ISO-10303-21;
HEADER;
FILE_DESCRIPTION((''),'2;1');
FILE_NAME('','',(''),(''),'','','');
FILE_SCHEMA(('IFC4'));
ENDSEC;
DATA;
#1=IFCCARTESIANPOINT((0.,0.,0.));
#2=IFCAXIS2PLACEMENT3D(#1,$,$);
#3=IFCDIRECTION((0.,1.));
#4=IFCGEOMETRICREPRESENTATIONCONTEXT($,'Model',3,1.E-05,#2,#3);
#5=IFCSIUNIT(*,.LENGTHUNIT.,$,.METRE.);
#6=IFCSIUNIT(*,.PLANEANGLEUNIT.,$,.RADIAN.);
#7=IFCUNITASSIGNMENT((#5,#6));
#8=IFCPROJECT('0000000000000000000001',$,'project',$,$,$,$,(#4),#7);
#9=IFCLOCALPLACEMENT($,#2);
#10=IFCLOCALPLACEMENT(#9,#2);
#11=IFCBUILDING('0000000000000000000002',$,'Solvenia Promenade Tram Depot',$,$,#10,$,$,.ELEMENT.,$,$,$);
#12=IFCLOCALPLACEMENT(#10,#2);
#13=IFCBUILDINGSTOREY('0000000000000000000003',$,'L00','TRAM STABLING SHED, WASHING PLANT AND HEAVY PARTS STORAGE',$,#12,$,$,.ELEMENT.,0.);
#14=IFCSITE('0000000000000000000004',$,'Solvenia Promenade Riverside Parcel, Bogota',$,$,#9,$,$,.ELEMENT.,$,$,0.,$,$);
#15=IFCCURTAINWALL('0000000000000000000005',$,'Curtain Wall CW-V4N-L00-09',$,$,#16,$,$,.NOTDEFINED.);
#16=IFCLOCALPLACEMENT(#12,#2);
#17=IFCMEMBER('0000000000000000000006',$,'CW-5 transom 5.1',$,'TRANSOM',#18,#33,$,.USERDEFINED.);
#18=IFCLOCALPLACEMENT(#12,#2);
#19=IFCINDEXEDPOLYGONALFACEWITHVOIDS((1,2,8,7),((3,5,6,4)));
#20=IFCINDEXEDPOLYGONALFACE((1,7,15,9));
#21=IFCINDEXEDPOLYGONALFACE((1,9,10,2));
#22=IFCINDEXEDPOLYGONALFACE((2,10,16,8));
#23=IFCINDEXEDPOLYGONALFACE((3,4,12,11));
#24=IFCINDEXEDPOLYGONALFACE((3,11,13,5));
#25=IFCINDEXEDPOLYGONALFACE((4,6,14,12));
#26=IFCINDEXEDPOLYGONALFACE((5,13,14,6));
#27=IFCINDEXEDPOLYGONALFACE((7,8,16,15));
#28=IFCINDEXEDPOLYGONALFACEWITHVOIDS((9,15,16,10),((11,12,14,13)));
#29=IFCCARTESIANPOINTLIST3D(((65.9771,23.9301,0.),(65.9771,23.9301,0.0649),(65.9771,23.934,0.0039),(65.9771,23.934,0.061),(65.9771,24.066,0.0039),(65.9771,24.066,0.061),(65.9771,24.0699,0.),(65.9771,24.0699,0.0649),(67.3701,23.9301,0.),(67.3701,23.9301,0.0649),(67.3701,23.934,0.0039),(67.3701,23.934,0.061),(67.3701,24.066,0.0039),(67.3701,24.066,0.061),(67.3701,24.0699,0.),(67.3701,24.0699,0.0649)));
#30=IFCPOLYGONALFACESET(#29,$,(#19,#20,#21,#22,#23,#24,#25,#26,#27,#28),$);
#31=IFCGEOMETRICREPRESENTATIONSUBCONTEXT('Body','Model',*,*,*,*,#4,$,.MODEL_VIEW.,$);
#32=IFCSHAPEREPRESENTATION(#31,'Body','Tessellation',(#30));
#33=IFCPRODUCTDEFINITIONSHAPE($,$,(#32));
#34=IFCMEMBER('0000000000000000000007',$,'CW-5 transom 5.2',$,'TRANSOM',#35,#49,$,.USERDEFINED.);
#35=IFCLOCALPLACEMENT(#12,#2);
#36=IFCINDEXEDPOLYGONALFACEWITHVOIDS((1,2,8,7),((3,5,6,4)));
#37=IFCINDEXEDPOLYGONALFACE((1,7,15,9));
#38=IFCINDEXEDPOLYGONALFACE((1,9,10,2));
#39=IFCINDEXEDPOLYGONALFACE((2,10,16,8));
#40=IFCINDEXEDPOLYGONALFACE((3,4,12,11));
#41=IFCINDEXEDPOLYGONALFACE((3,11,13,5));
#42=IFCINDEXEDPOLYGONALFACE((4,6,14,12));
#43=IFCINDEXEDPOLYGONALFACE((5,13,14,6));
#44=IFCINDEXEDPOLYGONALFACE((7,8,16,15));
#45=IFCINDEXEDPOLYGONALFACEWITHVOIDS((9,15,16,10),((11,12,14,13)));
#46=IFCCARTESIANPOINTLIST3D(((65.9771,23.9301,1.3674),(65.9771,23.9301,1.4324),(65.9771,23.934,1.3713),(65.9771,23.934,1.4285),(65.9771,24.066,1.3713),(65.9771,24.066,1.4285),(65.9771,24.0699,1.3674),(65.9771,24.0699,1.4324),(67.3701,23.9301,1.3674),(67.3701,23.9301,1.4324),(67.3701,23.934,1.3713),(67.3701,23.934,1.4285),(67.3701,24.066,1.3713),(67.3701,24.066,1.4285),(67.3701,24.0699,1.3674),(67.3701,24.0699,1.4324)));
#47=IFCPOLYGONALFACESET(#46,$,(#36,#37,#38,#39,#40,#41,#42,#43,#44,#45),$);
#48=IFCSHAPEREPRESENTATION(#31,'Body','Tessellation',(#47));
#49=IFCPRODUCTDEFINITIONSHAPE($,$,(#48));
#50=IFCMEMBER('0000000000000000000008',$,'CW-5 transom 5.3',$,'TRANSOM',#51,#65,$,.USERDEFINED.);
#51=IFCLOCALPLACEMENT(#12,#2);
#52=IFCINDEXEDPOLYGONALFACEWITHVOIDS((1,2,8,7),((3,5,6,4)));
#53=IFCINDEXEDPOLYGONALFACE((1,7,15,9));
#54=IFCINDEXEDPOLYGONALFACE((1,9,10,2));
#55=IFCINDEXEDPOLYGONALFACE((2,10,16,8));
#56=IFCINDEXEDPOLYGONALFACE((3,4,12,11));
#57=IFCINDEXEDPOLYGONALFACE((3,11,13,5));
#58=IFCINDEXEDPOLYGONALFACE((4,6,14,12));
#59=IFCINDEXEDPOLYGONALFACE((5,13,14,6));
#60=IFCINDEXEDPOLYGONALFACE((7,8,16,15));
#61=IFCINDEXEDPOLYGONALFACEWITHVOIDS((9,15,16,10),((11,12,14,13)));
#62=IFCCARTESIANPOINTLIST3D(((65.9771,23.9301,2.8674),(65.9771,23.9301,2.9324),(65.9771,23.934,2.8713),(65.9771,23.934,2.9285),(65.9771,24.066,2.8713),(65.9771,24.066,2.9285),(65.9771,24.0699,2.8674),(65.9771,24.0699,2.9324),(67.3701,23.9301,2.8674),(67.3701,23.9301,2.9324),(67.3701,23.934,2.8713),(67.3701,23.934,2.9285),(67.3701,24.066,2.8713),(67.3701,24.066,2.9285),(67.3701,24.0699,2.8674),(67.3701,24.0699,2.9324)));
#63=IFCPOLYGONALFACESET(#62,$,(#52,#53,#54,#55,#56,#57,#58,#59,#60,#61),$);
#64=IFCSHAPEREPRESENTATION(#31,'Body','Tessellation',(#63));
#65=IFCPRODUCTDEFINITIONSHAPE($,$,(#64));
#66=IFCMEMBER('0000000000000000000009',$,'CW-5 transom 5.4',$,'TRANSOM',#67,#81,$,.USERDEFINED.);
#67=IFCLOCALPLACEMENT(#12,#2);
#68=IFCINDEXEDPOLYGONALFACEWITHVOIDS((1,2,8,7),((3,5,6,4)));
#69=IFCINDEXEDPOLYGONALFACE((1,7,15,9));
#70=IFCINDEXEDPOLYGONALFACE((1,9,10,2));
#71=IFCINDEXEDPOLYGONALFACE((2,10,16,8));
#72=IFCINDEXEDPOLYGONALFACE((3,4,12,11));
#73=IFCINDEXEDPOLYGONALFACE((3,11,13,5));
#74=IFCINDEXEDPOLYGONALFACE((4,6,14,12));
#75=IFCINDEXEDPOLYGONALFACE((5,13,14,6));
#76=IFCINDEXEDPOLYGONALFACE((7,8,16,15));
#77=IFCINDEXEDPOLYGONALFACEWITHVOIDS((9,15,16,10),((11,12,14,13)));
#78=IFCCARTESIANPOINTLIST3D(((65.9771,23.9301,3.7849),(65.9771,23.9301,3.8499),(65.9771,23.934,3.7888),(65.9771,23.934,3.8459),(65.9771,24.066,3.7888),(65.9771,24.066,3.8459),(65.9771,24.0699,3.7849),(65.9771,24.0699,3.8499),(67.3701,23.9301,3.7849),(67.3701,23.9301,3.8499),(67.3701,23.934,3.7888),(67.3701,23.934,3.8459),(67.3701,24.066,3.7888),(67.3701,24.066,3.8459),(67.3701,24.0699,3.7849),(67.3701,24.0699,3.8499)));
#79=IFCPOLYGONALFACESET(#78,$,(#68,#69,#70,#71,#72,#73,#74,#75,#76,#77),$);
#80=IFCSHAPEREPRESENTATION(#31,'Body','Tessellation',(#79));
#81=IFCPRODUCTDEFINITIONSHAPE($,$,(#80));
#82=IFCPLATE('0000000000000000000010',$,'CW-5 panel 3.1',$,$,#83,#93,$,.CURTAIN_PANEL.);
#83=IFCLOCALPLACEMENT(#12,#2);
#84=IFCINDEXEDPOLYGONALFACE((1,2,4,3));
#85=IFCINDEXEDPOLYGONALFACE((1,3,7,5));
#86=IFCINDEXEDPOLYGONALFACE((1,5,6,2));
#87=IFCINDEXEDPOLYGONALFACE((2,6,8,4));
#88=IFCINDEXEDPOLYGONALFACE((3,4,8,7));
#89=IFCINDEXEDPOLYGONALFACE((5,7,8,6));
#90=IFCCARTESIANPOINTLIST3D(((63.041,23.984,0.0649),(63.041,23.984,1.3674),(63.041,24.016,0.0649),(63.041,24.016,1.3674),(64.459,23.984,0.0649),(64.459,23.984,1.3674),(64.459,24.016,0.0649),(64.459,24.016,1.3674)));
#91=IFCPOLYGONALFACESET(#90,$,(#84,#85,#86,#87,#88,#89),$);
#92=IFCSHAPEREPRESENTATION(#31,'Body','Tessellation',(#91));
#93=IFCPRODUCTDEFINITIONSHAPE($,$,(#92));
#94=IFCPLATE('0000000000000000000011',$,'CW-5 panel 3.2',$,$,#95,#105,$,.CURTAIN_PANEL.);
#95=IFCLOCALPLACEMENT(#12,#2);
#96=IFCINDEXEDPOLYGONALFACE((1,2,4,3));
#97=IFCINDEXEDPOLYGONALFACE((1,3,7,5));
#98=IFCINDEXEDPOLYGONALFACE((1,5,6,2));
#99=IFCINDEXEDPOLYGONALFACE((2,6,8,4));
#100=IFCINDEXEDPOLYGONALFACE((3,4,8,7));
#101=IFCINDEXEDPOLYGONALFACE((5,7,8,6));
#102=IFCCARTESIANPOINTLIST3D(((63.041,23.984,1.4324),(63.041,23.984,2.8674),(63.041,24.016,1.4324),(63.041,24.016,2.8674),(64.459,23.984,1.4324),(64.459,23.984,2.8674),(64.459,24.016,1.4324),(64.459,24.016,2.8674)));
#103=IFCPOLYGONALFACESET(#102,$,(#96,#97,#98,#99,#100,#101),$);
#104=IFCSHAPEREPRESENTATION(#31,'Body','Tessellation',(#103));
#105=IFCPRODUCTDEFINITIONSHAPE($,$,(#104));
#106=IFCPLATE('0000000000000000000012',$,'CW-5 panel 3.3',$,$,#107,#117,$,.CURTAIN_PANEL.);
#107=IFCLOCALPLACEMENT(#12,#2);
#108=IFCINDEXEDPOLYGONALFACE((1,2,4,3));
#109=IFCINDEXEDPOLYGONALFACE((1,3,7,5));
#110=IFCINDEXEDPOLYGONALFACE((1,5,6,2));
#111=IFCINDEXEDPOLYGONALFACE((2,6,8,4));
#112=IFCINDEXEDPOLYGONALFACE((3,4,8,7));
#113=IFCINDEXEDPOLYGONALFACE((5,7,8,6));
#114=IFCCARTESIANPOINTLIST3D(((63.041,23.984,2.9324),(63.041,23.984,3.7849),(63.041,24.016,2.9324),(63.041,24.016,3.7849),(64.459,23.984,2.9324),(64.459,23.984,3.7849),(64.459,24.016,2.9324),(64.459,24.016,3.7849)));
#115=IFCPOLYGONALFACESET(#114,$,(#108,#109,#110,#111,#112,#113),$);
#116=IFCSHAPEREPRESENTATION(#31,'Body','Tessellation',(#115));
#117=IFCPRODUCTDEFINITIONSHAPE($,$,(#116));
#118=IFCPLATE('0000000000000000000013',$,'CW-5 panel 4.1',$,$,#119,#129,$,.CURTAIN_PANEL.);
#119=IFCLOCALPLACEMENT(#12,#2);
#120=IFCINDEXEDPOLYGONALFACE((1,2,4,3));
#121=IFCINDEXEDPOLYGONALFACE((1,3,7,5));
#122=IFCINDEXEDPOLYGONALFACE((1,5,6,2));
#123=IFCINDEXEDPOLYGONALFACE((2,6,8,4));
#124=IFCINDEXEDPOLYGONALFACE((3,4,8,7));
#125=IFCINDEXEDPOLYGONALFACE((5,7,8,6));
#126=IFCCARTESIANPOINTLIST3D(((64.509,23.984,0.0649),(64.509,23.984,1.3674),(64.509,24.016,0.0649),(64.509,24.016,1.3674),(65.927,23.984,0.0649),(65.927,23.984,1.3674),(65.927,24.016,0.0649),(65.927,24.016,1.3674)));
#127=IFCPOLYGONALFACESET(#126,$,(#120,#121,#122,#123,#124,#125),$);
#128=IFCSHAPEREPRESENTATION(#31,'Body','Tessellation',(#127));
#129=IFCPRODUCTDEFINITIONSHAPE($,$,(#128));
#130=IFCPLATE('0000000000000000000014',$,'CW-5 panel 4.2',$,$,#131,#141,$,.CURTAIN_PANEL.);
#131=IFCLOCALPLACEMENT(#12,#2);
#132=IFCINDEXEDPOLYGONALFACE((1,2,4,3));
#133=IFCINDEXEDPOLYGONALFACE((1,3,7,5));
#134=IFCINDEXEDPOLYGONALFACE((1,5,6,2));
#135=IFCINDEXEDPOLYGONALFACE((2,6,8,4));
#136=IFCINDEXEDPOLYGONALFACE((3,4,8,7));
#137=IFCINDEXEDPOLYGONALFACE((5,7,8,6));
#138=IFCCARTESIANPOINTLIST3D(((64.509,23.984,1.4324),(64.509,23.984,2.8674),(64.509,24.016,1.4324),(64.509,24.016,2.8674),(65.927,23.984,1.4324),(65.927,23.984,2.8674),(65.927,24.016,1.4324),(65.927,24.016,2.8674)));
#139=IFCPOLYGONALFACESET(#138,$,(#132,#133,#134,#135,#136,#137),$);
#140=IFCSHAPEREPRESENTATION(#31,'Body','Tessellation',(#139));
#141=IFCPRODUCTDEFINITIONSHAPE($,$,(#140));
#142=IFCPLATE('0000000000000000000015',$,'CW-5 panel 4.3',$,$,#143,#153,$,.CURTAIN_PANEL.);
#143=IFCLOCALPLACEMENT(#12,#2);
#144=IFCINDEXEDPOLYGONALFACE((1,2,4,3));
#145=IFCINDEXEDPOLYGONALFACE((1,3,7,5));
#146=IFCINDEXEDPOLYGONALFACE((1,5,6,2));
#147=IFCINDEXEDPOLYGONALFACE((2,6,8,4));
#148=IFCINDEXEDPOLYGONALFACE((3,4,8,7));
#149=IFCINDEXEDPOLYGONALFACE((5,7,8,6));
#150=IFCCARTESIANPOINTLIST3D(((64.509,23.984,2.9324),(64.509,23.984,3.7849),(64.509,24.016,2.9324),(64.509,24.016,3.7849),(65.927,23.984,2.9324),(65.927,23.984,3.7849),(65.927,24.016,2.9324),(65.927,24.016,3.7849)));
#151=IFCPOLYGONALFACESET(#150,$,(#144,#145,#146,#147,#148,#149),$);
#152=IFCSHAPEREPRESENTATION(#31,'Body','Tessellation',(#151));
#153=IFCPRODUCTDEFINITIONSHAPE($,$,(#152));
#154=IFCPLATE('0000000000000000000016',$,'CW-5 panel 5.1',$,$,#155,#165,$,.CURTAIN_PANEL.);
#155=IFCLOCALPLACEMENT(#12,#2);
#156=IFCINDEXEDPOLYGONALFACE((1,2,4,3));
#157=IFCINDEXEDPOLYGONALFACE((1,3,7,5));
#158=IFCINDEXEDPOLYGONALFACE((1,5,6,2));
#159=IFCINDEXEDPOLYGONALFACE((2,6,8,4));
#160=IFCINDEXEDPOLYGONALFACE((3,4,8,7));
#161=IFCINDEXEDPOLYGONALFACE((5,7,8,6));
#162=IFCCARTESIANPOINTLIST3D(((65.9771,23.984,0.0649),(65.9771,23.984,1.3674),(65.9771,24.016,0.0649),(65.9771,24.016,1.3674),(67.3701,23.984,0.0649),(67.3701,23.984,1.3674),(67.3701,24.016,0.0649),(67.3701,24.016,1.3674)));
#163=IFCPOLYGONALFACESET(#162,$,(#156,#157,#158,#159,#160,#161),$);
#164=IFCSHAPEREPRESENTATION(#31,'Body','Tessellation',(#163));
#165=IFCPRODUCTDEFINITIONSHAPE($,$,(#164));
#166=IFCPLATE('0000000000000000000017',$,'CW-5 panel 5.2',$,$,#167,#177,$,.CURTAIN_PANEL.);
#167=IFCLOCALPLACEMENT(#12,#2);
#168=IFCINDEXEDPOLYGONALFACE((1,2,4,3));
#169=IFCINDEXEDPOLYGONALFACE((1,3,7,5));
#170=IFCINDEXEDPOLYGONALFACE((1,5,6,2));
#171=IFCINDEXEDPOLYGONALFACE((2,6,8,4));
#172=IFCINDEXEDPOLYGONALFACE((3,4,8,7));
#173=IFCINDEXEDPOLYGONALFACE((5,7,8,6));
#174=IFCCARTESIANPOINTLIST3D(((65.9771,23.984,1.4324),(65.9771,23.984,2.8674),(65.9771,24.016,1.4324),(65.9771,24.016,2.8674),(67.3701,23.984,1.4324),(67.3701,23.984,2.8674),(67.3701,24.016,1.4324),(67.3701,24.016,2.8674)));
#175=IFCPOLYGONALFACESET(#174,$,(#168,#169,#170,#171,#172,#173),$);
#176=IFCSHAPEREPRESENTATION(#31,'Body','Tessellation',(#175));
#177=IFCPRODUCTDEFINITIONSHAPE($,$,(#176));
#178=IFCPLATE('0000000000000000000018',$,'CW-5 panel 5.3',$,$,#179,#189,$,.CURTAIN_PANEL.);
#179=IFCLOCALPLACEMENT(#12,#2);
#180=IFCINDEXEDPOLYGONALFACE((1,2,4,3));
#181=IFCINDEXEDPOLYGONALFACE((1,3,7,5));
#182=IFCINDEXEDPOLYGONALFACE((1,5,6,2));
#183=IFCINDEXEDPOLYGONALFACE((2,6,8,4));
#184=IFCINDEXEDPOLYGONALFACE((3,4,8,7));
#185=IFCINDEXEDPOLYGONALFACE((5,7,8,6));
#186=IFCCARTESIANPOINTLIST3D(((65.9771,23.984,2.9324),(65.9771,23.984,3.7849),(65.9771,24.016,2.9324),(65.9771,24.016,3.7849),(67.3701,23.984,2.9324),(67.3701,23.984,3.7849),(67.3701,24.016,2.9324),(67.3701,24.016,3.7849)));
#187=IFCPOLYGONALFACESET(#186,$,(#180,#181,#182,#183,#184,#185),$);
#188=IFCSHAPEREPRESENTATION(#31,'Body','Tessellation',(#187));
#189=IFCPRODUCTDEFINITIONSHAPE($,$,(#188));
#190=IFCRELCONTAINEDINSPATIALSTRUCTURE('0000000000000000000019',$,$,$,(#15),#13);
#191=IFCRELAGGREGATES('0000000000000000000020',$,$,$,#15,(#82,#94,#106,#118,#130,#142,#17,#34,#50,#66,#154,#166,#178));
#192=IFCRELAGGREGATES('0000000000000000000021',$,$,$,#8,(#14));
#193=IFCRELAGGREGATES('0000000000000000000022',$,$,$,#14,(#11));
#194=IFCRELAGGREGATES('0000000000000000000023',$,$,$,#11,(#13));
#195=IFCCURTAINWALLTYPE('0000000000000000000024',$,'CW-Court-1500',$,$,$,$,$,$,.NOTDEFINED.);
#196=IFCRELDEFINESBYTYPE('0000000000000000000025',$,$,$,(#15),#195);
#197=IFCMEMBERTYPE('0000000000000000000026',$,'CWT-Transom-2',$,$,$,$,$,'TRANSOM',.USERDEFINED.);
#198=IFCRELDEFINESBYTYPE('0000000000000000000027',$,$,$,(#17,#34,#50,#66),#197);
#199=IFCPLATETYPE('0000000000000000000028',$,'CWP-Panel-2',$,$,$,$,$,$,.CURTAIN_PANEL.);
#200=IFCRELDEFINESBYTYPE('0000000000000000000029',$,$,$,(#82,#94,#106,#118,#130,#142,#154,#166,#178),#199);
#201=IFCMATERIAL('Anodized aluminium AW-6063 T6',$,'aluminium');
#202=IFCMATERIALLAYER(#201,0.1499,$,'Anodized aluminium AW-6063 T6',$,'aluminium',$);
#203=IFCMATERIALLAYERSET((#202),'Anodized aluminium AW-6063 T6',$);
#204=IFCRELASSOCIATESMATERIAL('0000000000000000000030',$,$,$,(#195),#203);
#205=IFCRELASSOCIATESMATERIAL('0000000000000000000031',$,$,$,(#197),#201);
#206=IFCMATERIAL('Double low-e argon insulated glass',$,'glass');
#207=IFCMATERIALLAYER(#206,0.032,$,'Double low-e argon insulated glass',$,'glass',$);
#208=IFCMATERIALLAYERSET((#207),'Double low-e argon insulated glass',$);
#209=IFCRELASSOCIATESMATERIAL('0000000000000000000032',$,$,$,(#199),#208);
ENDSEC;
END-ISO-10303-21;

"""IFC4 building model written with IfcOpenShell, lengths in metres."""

from ifc_helpers import new_model, si_unit, direction, frame, origin, origin_2d, place, context, subcontext, project, spatial, rectangle, hollow_rectangle, extrude, material, layer, layer_set, material_profile, profile_set, type_object, element, aggregate, save


model = new_model("IFC4")

# Units and contexts
model_context = context("Model", 3, precision=1e-05, world=origin(), true_north=direction((0.0, 1.0)))
body_context = subcontext(model_context, "Body", "Model", "MODEL_VIEW")
ifc_project = project(units=[si_unit("LENGTHUNIT", "METRE"), si_unit("PLANEANGLEUNIT", "RADIAN")], contexts=[model_context])

# Site, building, storey
site_placement = place(None, origin())
site = spatial("IfcSite", under=ifc_project, at=site_placement, Name="Solvenia Promenade Riverside Parcel, Bogota", CompositionType="ELEMENT", RefElevation=0.0)
building_placement = place(site_placement, origin())
building = spatial("IfcBuilding", under=site, at=building_placement, Name="Solvenia Promenade Tram Depot", CompositionType="ELEMENT")
storey_placement = place(building_placement, origin())
storey = spatial("IfcBuildingStorey", under=building, at=storey_placement, Name="L00", Description="TRAM STABLING SHED, WASHING PLANT AND HEAVY PARTS STORAGE", CompositionType="ELEMENT", Elevation=0.0)

# Curtain wall, members, plates
ifc_material_1 = material(Name="Anodized aluminium AW-6063 T6", Category="aluminium")
ifc_layer_1 = layer(ifc_material_1, 0.1499, Name="Anodized aluminium AW-6063 T6", Category="aluminium")
ifc_layer_set_1 = layer_set([ifc_layer_1], Name="Anodized aluminium AW-6063 T6")
curtain_wall_type = type_object("IfcCurtainWallType", Name="CW-Court-1500", PredefinedType="NOTDEFINED", material=ifc_layer_set_1)
curtain_wall_placement = place(storey_placement, origin())
curtain_wall = element("IfcCurtainWall", 1, at=curtain_wall_placement, inside=storey, type_object=curtain_wall_type, Name="Curtain Wall CW-V4N-L00-09", PredefinedType="NOTDEFINED")
ifc_material_profile_1 = material_profile(ifc_material_1, hollow_rectangle(XDim=0.1399, YDim=0.0649, WallThickness=0.0039, at=origin_2d()), Name="ALU-T2", Category="aluminium")
ifc_profile_set_1 = profile_set([ifc_material_profile_1], Name="Anodized aluminium AW-6063 T6")
member_type_1 = type_object("IfcMemberType", Name="CWT-Transom-2", ElementType="TRANSOM", PredefinedType="USERDEFINED", material=ifc_profile_set_1)
member_1_placement = place(storey_placement, frame((65.9771, 24.0, 0.0325), z_axis=(1.0, 0.0, 0.0), x_axis=(0.0, 1.0, 0.0)))
member_1 = element("IfcMember", 2, at=member_1_placement, type_object=member_type_1, Name="CW-5 transom 5.1", ObjectType="TRANSOM", PredefinedType="USERDEFINED", context=body_context, shape_type="SweptSolid", body=[
    extrude(hollow_rectangle(XDim=0.1399, YDim=0.0649, WallThickness=0.0039, at=origin_2d()), origin(), (0.0, 0.0, 1.0), 1.3931),
])
member_2_placement = place(storey_placement, frame((65.9771, 24.0, 1.3999), z_axis=(1.0, 0.0, 0.0), x_axis=(0.0, 1.0, 0.0)))
member_2 = element("IfcMember", 3, at=member_2_placement, type_object=member_type_1, Name="CW-5 transom 5.2", ObjectType="TRANSOM", PredefinedType="USERDEFINED", context=body_context, shape_type="SweptSolid", body=[
    extrude(hollow_rectangle(XDim=0.1399, YDim=0.0649, WallThickness=0.0039, at=origin_2d()), origin(), (0.0, 0.0, 1.0), 1.3931),
])
member_3_placement = place(storey_placement, frame((65.9771, 24.0, 2.8999), z_axis=(1.0, 0.0, 0.0), x_axis=(0.0, 1.0, 0.0)))
member_3 = element("IfcMember", 4, at=member_3_placement, type_object=member_type_1, Name="CW-5 transom 5.3", ObjectType="TRANSOM", PredefinedType="USERDEFINED", context=body_context, shape_type="SweptSolid", body=[
    extrude(hollow_rectangle(XDim=0.1399, YDim=0.0649, WallThickness=0.0039, at=origin_2d()), origin(), (0.0, 0.0, 1.0), 1.3931),
])
member_4_placement = place(storey_placement, frame((65.9771, 24.0, 3.8174), z_axis=(1.0, 0.0, 0.0), x_axis=(0.0, 1.0, 0.0)))
member_4 = element("IfcMember", 5, at=member_4_placement, type_object=member_type_1, Name="CW-5 transom 5.4", ObjectType="TRANSOM", PredefinedType="USERDEFINED", context=body_context, shape_type="SweptSolid", body=[
    extrude(hollow_rectangle(XDim=0.1399, YDim=0.0649, WallThickness=0.0039, at=origin_2d()), origin(), (0.0, 0.0, 1.0), 1.3931),
])
ifc_material_2 = material(Name="Double low-e argon insulated glass", Category="glass")
ifc_layer_2 = layer(ifc_material_2, 0.032, Name="Double low-e argon insulated glass", Category="glass")
ifc_layer_set_2 = layer_set([ifc_layer_2], Name="Double low-e argon insulated glass")
plate_type = type_object("IfcPlateType", Name="CWP-Panel-2", PredefinedType="CURTAIN_PANEL", material=ifc_layer_set_2)
plate_1_placement = place(storey_placement, frame((63.75, 24.0, 0.0649), z_axis=(0.0, 0.0, 1.0), x_axis=(1.0, 0.0, 0.0)))
plate_1 = element("IfcPlate", 6, at=plate_1_placement, type_object=plate_type, Name="CW-5 panel 3.1", PredefinedType="CURTAIN_PANEL", context=body_context, shape_type="SweptSolid", body=[
    extrude(rectangle(XDim=1.418, YDim=0.032, at=origin_2d()), origin(), (0.0, 0.0, 1.0), 1.3025),
])
plate_2_placement = place(storey_placement, frame((63.75, 24.0, 1.4324), z_axis=(0.0, 0.0, 1.0), x_axis=(1.0, 0.0, 0.0)))
plate_2 = element("IfcPlate", 7, at=plate_2_placement, type_object=plate_type, Name="CW-5 panel 3.2", PredefinedType="CURTAIN_PANEL", context=body_context, shape_type="SweptSolid", body=[
    extrude(rectangle(XDim=1.418, YDim=0.032, at=origin_2d()), origin(), (0.0, 0.0, 1.0), 1.4351),
])
plate_3_placement = place(storey_placement, frame((63.75, 24.0, 2.9324), z_axis=(0.0, 0.0, 1.0), x_axis=(1.0, 0.0, 0.0)))
plate_3 = element("IfcPlate", 8, at=plate_3_placement, type_object=plate_type, Name="CW-5 panel 3.3", PredefinedType="CURTAIN_PANEL", context=body_context, shape_type="SweptSolid", body=[
    extrude(rectangle(XDim=1.418, YDim=0.032, at=origin_2d()), origin(), (0.0, 0.0, 1.0), 0.8525),
])
plate_4_placement = place(storey_placement, frame((65.218, 24.0, 0.0649), z_axis=(0.0, 0.0, 1.0), x_axis=(1.0, 0.0, 0.0)))
plate_4 = element("IfcPlate", 9, at=plate_4_placement, type_object=plate_type, Name="CW-5 panel 4.1", PredefinedType="CURTAIN_PANEL", context=body_context, shape_type="SweptSolid", body=[
    extrude(rectangle(XDim=1.418, YDim=0.032, at=origin_2d()), origin(), (0.0, 0.0, 1.0), 1.3025),
])
plate_5_placement = place(storey_placement, frame((65.218, 24.0, 1.4324), z_axis=(0.0, 0.0, 1.0), x_axis=(1.0, 0.0, 0.0)))
plate_5 = element("IfcPlate", 10, at=plate_5_placement, type_object=plate_type, Name="CW-5 panel 4.2", PredefinedType="CURTAIN_PANEL", context=body_context, shape_type="SweptSolid", body=[
    extrude(rectangle(XDim=1.418, YDim=0.032, at=origin_2d()), origin(), (0.0, 0.0, 1.0), 1.4351),
])
plate_6_placement = place(storey_placement, frame((65.218, 24.0, 2.9324), z_axis=(0.0, 0.0, 1.0), x_axis=(1.0, 0.0, 0.0)))
plate_6 = element("IfcPlate", 11, at=plate_6_placement, type_object=plate_type, Name="CW-5 panel 4.3", PredefinedType="CURTAIN_PANEL", context=body_context, shape_type="SweptSolid", body=[
    extrude(rectangle(XDim=1.418, YDim=0.032, at=origin_2d()), origin(), (0.0, 0.0, 1.0), 0.8525),
])
plate_7_placement = place(storey_placement, frame((66.6736, 24.0, 0.0649), z_axis=(0.0, 0.0, 1.0), x_axis=(1.0, 0.0, 0.0)))
plate_7 = element("IfcPlate", 12, at=plate_7_placement, type_object=plate_type, Name="CW-5 panel 5.1", PredefinedType="CURTAIN_PANEL", context=body_context, shape_type="SweptSolid", body=[
    extrude(rectangle(XDim=1.3931, YDim=0.032, at=origin_2d()), origin(), (0.0, 0.0, 1.0), 1.3025),
])
plate_8_placement = place(storey_placement, frame((66.6736, 24.0, 1.4324), z_axis=(0.0, 0.0, 1.0), x_axis=(1.0, 0.0, 0.0)))
plate_8 = element("IfcPlate", 13, at=plate_8_placement, type_object=plate_type, Name="CW-5 panel 5.2", PredefinedType="CURTAIN_PANEL", context=body_context, shape_type="SweptSolid", body=[
    extrude(rectangle(XDim=1.3931, YDim=0.032, at=origin_2d()), origin(), (0.0, 0.0, 1.0), 1.4351),
])
plate_9_placement = place(storey_placement, frame((66.6736, 24.0, 2.9324), z_axis=(0.0, 0.0, 1.0), x_axis=(1.0, 0.0, 0.0)))
plate_9 = element("IfcPlate", 14, at=plate_9_placement, type_object=plate_type, Name="CW-5 panel 5.3", PredefinedType="CURTAIN_PANEL", context=body_context, shape_type="SweptSolid", body=[
    extrude(rectangle(XDim=1.3931, YDim=0.032, at=origin_2d()), origin(), (0.0, 0.0, 1.0), 0.8525),
])
aggregate(curtain_wall, [plate_1, plate_2, plate_3, plate_4, plate_5, plate_6, member_1, member_2, member_3, member_4, plate_7, plate_8, plate_9])

save(model, "model.ifc")
